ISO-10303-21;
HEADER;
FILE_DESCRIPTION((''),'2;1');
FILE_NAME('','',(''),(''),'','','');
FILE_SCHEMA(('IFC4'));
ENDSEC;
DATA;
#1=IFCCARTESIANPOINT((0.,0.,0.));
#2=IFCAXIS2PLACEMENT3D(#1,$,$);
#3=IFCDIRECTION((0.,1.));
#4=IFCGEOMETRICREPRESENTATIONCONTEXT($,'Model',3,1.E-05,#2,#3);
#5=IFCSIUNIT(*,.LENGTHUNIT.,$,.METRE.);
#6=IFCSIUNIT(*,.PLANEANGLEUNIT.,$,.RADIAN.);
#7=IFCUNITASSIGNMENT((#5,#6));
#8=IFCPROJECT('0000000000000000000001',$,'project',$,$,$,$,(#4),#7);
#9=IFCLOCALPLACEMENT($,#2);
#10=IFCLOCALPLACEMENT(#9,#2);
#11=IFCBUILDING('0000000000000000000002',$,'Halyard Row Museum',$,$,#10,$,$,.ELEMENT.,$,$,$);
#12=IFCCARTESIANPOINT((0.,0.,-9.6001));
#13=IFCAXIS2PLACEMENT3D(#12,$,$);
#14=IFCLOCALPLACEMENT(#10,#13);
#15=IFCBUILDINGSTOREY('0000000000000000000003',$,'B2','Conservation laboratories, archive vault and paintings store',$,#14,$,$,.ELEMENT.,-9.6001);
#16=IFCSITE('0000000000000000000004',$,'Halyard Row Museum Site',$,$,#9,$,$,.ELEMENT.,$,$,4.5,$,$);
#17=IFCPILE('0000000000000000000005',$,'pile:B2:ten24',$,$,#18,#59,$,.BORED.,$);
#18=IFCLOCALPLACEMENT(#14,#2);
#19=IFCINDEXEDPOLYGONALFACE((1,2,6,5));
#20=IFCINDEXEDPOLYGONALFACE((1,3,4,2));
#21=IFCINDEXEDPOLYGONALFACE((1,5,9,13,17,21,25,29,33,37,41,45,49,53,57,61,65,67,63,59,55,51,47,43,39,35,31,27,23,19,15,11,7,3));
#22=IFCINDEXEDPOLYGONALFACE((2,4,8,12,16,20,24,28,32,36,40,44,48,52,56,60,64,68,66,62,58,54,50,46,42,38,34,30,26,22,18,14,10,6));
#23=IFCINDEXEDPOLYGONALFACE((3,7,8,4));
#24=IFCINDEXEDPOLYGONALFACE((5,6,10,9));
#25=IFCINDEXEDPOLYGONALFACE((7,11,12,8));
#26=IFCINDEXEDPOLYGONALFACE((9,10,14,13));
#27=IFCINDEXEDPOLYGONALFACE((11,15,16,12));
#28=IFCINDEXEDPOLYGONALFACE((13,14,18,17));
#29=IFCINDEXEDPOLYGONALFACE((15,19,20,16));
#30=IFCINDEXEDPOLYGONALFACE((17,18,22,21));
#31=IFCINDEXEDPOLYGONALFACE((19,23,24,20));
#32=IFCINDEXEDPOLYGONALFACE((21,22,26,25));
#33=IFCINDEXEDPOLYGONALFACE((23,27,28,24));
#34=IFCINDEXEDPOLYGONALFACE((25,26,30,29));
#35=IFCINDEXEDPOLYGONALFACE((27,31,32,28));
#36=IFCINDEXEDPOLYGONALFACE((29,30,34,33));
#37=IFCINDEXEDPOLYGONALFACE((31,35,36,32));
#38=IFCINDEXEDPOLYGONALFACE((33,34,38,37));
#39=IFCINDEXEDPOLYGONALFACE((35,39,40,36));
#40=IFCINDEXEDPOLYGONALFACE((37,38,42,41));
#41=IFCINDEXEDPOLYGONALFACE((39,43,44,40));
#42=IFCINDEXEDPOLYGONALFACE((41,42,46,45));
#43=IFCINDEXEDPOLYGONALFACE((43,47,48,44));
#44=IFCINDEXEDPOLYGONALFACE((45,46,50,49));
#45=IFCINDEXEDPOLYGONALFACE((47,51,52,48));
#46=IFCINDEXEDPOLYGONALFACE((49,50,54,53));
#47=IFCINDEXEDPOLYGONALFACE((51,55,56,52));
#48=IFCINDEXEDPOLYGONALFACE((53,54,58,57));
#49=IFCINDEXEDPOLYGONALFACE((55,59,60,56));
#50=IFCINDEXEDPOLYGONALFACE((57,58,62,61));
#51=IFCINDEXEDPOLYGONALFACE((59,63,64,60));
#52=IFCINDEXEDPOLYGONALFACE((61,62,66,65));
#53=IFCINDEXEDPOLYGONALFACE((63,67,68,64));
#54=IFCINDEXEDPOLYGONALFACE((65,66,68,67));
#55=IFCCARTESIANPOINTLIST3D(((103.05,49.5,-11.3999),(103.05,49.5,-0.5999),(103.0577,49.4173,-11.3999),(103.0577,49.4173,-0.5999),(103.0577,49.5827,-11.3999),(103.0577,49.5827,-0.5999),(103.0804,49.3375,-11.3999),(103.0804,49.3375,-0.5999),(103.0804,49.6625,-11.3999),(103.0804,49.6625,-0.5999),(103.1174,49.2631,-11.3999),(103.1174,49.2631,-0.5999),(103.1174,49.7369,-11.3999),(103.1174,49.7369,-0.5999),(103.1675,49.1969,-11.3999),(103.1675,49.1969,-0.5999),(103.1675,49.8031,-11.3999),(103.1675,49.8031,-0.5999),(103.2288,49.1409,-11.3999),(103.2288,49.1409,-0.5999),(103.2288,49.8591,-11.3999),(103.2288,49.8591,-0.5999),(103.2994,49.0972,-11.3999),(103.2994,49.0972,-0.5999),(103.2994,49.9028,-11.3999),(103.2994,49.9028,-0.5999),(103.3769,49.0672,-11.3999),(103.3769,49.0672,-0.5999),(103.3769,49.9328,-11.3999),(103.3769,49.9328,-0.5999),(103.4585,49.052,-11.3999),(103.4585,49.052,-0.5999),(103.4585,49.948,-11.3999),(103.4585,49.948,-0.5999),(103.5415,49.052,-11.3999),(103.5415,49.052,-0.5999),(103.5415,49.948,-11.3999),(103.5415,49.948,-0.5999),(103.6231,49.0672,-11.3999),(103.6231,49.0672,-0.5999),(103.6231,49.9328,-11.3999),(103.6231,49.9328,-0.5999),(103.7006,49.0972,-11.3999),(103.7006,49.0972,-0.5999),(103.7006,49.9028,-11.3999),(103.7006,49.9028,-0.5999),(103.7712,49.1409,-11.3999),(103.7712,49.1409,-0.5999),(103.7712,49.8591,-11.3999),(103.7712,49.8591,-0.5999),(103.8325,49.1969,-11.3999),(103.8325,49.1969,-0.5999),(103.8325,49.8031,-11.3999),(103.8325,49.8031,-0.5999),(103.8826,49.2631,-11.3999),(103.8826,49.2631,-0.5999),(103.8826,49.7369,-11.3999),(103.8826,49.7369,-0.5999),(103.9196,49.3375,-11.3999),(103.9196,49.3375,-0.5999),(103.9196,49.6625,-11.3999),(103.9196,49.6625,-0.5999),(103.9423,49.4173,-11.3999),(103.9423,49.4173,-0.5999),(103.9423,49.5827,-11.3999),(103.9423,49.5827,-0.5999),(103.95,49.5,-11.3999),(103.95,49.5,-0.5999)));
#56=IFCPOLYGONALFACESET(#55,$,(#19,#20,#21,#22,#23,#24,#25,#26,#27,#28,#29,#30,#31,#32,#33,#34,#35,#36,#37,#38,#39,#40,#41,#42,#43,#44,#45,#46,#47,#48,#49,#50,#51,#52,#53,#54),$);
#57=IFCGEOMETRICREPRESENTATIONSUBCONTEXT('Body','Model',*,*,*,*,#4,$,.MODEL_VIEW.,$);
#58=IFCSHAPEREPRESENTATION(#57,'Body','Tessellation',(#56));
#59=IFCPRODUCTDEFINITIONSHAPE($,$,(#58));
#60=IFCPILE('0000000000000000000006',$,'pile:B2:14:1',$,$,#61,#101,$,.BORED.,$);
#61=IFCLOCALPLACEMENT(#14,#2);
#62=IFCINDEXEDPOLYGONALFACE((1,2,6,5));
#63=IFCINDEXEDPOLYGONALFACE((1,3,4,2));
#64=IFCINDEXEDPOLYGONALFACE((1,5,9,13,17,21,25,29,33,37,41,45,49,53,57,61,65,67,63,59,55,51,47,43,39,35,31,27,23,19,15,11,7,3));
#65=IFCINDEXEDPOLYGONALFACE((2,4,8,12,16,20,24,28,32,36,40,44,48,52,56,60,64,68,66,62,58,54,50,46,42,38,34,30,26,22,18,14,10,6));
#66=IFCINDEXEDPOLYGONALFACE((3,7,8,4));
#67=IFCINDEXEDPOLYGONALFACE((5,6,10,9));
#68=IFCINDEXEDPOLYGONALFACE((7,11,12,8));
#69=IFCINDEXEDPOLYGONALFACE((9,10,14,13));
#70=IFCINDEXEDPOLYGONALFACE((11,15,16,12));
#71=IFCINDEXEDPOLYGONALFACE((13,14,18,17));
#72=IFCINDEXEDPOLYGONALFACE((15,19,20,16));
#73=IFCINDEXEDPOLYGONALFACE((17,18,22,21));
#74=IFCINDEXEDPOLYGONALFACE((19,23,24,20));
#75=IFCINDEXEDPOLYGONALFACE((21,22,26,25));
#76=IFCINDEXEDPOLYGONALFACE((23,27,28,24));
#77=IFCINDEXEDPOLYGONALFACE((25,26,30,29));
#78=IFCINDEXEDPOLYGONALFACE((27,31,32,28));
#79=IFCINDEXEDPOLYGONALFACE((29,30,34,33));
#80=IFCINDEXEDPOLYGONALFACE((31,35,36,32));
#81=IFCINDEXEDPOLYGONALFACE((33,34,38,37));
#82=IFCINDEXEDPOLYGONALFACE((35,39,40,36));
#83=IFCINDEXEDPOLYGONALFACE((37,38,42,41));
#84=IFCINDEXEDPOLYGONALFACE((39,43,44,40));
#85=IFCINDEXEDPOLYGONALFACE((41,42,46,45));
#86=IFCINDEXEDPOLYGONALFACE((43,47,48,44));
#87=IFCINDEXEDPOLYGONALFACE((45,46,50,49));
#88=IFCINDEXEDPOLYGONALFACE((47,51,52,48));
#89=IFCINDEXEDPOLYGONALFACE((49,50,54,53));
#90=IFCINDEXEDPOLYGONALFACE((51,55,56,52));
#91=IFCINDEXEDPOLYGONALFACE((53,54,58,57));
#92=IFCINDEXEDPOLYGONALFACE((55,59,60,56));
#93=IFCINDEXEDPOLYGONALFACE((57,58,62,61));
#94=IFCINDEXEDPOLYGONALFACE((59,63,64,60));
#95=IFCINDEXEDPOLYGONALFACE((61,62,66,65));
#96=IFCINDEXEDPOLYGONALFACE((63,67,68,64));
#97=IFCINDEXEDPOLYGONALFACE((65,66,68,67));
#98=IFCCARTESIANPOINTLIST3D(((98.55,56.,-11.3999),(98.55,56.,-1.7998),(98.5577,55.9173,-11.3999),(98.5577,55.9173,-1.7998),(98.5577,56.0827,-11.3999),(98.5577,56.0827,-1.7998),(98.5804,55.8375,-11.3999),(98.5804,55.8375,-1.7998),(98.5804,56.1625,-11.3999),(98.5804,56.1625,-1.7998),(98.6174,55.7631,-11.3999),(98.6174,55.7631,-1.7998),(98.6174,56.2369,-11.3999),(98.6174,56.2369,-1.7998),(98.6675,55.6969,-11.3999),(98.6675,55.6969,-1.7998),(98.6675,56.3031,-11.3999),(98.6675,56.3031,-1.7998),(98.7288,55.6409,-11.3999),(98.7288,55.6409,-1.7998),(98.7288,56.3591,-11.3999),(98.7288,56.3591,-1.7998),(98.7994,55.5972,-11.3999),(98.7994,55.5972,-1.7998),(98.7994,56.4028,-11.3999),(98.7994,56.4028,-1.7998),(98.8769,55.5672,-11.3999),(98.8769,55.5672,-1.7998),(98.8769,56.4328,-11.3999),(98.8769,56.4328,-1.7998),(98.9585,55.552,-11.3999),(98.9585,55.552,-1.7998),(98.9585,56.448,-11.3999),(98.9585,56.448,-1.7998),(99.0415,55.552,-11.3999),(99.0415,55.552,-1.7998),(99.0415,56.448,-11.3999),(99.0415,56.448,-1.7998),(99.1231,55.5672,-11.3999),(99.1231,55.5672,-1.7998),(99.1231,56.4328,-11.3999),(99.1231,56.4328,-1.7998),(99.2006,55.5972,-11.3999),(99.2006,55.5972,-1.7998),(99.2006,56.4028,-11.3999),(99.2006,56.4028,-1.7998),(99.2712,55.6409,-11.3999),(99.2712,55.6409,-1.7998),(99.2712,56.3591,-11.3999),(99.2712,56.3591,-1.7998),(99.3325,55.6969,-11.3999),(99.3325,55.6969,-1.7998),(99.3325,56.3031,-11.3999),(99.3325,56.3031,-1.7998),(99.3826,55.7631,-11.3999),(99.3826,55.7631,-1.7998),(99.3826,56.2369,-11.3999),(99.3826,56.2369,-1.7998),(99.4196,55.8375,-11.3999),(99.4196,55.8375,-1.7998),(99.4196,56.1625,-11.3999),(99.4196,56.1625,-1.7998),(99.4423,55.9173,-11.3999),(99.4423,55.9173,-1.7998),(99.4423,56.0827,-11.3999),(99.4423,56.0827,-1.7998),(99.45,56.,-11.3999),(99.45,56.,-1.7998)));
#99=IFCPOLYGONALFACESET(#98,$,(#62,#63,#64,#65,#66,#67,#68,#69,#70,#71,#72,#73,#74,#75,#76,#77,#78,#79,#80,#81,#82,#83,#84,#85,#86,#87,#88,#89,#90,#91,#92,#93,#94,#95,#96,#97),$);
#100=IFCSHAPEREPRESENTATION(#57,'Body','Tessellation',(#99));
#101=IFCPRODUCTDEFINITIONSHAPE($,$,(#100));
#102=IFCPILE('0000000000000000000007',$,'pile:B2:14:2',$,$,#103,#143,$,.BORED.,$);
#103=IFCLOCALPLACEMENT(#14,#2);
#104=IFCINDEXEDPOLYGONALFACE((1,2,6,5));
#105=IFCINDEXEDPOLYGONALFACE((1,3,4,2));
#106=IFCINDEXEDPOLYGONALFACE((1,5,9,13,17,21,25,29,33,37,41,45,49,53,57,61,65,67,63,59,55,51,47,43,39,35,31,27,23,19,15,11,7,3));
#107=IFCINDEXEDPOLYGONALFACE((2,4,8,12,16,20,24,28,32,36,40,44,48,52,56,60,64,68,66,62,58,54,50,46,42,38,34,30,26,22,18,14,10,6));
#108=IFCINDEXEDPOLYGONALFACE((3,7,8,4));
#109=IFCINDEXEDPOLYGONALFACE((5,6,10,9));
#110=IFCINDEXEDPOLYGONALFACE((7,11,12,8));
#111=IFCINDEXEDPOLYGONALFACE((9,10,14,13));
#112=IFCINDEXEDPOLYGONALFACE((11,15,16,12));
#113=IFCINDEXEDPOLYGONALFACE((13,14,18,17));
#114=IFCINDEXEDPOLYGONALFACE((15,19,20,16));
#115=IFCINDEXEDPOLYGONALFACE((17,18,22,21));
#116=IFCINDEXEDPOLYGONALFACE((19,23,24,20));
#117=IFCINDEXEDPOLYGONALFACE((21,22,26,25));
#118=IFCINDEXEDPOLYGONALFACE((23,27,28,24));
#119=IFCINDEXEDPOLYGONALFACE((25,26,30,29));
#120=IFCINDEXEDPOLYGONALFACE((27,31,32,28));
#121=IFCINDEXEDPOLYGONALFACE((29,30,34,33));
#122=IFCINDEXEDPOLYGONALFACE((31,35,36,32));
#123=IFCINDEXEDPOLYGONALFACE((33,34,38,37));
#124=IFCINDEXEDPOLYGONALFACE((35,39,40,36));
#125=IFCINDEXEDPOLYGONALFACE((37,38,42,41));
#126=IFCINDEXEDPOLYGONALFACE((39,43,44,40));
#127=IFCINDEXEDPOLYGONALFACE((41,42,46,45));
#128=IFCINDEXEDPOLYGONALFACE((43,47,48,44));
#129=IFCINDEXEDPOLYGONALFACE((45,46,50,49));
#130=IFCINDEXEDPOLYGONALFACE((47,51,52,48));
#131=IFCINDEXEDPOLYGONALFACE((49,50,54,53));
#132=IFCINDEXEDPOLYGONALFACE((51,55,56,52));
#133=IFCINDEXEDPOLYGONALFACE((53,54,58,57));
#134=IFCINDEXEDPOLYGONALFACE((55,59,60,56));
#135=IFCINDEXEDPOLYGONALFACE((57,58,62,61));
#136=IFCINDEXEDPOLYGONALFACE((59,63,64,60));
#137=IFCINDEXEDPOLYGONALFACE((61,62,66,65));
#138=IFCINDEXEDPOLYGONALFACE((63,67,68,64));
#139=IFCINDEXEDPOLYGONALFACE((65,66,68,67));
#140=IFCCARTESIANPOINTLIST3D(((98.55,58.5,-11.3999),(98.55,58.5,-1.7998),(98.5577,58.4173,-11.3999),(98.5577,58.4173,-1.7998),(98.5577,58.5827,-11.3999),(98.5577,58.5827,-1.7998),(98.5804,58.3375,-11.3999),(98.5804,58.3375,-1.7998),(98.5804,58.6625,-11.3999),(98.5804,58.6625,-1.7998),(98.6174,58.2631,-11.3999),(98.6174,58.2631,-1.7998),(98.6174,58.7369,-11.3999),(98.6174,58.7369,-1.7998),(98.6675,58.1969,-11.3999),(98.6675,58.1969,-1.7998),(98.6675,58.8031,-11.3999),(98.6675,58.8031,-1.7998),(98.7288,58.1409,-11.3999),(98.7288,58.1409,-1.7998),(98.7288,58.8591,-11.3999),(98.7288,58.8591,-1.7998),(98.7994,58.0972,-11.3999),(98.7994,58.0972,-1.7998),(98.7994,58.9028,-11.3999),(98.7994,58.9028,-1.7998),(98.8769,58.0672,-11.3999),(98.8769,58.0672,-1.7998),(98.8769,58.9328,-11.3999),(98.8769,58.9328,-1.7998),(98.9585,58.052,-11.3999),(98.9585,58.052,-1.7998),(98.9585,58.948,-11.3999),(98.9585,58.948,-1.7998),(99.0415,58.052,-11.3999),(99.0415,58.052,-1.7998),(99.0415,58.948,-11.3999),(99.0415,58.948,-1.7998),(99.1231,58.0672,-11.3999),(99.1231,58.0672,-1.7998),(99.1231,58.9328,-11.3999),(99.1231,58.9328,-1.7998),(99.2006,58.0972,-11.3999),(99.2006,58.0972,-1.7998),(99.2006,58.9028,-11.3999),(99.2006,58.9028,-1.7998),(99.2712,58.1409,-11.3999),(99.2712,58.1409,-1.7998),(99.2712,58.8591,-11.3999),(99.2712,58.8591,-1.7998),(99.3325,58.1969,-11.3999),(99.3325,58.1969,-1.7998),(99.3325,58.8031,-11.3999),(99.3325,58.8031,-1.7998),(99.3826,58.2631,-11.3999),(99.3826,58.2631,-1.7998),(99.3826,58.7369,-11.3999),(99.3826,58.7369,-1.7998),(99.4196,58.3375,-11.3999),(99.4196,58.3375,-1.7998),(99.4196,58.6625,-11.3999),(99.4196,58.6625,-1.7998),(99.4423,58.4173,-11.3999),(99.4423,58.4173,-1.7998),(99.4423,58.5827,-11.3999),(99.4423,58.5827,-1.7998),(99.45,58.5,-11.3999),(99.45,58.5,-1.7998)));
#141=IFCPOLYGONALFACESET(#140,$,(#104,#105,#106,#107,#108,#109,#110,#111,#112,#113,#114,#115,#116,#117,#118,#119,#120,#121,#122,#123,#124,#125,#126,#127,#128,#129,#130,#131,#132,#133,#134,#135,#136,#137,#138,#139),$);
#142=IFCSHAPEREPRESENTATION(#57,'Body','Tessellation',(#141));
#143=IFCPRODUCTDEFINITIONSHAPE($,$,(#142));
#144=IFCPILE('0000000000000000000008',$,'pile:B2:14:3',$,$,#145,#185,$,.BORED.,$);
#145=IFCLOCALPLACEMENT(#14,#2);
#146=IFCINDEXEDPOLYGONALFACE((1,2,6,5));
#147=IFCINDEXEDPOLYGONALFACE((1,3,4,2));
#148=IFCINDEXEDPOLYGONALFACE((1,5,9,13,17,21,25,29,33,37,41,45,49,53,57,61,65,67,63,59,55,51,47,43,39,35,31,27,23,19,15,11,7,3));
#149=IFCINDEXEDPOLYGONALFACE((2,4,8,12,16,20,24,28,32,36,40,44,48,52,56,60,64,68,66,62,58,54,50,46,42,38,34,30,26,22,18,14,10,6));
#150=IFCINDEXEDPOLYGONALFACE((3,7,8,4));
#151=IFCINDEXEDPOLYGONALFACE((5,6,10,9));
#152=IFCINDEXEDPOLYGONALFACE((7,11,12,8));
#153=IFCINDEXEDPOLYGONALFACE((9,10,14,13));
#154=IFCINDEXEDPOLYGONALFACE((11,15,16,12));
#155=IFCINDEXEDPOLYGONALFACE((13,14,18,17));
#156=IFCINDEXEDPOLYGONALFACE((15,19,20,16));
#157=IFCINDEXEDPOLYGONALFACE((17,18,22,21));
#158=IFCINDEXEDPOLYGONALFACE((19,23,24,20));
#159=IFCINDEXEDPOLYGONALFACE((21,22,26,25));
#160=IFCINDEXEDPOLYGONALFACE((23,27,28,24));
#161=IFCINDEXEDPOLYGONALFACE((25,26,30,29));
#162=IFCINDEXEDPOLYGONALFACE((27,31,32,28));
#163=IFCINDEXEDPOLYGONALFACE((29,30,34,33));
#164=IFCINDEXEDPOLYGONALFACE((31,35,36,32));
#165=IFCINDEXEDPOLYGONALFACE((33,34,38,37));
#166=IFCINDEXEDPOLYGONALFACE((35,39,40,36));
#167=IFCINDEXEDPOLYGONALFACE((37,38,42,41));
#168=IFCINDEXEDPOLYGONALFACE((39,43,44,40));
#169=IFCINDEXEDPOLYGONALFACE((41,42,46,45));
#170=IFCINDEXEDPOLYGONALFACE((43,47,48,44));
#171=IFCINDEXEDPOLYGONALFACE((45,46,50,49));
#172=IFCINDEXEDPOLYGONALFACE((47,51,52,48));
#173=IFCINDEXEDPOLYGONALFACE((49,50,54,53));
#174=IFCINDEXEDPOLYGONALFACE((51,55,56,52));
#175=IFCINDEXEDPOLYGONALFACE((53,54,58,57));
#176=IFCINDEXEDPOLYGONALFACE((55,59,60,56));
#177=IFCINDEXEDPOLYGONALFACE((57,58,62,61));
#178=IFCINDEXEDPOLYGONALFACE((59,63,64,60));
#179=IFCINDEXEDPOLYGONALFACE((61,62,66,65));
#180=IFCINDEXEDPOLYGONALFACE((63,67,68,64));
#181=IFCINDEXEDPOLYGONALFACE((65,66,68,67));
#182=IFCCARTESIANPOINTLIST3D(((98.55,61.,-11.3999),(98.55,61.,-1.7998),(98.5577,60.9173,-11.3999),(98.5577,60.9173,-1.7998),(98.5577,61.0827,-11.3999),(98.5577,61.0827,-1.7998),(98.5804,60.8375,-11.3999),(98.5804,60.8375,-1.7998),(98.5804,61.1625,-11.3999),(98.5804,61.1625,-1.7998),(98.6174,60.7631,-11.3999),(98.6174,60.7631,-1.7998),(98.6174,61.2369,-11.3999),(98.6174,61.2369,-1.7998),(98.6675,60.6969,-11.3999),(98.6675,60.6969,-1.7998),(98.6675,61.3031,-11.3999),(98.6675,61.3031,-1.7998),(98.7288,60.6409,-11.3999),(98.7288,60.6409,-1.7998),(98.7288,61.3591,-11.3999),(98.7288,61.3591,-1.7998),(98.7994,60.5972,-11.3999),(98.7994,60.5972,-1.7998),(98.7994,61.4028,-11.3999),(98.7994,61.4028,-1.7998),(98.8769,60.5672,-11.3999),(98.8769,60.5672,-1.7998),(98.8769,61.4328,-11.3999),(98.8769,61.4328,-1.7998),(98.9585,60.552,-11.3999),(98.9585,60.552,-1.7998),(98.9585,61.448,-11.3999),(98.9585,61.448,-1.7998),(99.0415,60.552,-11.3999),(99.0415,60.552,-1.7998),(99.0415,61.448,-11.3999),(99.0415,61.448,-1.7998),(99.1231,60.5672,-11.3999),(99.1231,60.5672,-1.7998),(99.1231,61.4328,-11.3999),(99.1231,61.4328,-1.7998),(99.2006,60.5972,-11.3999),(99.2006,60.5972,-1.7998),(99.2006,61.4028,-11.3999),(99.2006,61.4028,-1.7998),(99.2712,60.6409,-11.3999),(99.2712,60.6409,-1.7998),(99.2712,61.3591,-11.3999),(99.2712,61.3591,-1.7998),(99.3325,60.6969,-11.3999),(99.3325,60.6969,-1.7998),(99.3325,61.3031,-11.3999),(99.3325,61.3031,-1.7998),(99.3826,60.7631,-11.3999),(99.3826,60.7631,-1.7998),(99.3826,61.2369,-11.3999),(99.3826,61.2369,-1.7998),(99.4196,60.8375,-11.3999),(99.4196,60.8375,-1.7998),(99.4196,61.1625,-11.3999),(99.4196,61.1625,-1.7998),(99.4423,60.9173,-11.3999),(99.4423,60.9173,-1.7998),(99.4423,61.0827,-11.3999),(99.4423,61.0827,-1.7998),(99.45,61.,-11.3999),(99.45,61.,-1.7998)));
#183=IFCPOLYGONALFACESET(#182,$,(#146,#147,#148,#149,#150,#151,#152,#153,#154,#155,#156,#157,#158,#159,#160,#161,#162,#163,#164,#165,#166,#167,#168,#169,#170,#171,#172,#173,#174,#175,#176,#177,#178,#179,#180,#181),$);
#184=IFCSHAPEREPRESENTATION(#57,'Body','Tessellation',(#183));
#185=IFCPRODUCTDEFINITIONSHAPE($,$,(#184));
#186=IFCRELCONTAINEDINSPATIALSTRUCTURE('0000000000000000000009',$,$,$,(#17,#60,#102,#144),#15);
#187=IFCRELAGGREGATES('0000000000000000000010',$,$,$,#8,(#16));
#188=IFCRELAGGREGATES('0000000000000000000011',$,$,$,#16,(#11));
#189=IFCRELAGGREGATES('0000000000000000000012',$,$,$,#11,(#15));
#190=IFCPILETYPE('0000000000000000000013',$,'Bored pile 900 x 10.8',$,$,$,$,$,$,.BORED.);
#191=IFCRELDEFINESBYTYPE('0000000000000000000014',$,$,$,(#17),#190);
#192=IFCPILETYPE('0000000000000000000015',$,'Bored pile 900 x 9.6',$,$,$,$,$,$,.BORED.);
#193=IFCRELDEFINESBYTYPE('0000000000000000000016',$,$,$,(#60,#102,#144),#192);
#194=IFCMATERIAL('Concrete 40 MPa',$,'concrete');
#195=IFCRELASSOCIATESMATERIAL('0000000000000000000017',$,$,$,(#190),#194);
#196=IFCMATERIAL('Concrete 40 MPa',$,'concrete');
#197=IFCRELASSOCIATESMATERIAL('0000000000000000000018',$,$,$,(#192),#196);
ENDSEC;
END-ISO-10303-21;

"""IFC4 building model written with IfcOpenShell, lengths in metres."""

from ifc_helpers import new_model, si_unit, direction, frame, origin, origin_2d, place, context, subcontext, project, spatial, circle, extrude, material, material_profile, profile_set, type_object, element, save


model = new_model("IFC4")

# Units and contexts
model_context = context("Model", 3, precision=1e-05, world=origin(), true_north=direction((0.0, 1.0)))
body_context = subcontext(model_context, "Body", "Model", "MODEL_VIEW")
ifc_project = project(units=[si_unit("LENGTHUNIT", "METRE"), si_unit("PLANEANGLEUNIT", "RADIAN")], contexts=[model_context])

# Site, building, storey
site_placement = place(None, origin())
site = spatial("IfcSite", under=ifc_project, at=site_placement, Name="Halyard Row Museum Site", CompositionType="ELEMENT", RefElevation=4.5)
building_placement = place(site_placement, origin())
building = spatial("IfcBuilding", under=site, at=building_placement, Name="Halyard Row Museum", CompositionType="ELEMENT")
storey_placement = place(building_placement, frame((0.0, 0.0, -9.6001)))
storey = spatial("IfcBuildingStorey", under=building, at=storey_placement, Name="B2", Description="Conservation laboratories, archive vault and paintings store", CompositionType="ELEMENT", Elevation=-9.6001)

# Piles
ifc_material_1 = material(Name="Concrete 40 MPa", Category="concrete")
ifc_material_profile_1 = material_profile(ifc_material_1, circle(Radius=0.45, at=origin_2d()), Name="Bored pile 900 x 10.8")
ifc_profile_set_1 = profile_set([ifc_material_profile_1], Name="Concrete 40 MPa")
pile_type_1 = type_object("IfcPileType", Name="Bored pile 900 x 10.8", PredefinedType="BORED", material=ifc_profile_set_1)
pile_placement = place(storey_placement, frame((103.5, 49.5, -0.5999), z_axis=(0.0, 0.0, -1.0), x_axis=(1.0, 0.0, 0.0)))
element("IfcPile", 1, at=pile_placement, inside=storey, type_object=pile_type_1, Name="pile:B2:ten24", PredefinedType="BORED", context=body_context, shape_type="SweptSolid", body=[
    extrude(circle(Radius=0.45, at=origin_2d()), origin(), (0.0, 0.0, 1.0), 10.8),
])
ifc_material_2 = material(Name="Concrete 40 MPa", Category="concrete")
ifc_material_profile_2 = material_profile(ifc_material_2, circle(Radius=0.45, at=origin_2d()), Name="Bored pile 900 x 9.6")
ifc_profile_set_2 = profile_set([ifc_material_profile_2], Name="Concrete 40 MPa")
pile_type_2 = type_object("IfcPileType", Name="Bored pile 900 x 9.6", PredefinedType="BORED", material=ifc_profile_set_2)
for number, where, z_axis, x_axis, name in (
    (2, (99.0, 56.0, -1.7998), (0.0, 0.0, -1.0), (1.0, 0.0, 0.0), "pile:B2:14:1"),
    (3, (99.0, 58.5, -1.7998), (0.0, 0.0, -1.0), (1.0, 0.0, 0.0), "pile:B2:14:2"),
    (4, (99.0, 61.0, -1.7998), (0.0, 0.0, -1.0), (1.0, 0.0, 0.0), "pile:B2:14:3"),
):
    element("IfcPile", number, at=place(storey_placement, frame(where, z_axis=z_axis, x_axis=x_axis)), inside=storey, type_object=pile_type_2, Name=name, PredefinedType="BORED", context=body_context, shape_type="SweptSolid", body=[
        extrude(circle(Radius=0.45, at=origin_2d()), origin(), (0.0, 0.0, 1.0), 9.6001),
    ])

save(model, "model.ifc")
